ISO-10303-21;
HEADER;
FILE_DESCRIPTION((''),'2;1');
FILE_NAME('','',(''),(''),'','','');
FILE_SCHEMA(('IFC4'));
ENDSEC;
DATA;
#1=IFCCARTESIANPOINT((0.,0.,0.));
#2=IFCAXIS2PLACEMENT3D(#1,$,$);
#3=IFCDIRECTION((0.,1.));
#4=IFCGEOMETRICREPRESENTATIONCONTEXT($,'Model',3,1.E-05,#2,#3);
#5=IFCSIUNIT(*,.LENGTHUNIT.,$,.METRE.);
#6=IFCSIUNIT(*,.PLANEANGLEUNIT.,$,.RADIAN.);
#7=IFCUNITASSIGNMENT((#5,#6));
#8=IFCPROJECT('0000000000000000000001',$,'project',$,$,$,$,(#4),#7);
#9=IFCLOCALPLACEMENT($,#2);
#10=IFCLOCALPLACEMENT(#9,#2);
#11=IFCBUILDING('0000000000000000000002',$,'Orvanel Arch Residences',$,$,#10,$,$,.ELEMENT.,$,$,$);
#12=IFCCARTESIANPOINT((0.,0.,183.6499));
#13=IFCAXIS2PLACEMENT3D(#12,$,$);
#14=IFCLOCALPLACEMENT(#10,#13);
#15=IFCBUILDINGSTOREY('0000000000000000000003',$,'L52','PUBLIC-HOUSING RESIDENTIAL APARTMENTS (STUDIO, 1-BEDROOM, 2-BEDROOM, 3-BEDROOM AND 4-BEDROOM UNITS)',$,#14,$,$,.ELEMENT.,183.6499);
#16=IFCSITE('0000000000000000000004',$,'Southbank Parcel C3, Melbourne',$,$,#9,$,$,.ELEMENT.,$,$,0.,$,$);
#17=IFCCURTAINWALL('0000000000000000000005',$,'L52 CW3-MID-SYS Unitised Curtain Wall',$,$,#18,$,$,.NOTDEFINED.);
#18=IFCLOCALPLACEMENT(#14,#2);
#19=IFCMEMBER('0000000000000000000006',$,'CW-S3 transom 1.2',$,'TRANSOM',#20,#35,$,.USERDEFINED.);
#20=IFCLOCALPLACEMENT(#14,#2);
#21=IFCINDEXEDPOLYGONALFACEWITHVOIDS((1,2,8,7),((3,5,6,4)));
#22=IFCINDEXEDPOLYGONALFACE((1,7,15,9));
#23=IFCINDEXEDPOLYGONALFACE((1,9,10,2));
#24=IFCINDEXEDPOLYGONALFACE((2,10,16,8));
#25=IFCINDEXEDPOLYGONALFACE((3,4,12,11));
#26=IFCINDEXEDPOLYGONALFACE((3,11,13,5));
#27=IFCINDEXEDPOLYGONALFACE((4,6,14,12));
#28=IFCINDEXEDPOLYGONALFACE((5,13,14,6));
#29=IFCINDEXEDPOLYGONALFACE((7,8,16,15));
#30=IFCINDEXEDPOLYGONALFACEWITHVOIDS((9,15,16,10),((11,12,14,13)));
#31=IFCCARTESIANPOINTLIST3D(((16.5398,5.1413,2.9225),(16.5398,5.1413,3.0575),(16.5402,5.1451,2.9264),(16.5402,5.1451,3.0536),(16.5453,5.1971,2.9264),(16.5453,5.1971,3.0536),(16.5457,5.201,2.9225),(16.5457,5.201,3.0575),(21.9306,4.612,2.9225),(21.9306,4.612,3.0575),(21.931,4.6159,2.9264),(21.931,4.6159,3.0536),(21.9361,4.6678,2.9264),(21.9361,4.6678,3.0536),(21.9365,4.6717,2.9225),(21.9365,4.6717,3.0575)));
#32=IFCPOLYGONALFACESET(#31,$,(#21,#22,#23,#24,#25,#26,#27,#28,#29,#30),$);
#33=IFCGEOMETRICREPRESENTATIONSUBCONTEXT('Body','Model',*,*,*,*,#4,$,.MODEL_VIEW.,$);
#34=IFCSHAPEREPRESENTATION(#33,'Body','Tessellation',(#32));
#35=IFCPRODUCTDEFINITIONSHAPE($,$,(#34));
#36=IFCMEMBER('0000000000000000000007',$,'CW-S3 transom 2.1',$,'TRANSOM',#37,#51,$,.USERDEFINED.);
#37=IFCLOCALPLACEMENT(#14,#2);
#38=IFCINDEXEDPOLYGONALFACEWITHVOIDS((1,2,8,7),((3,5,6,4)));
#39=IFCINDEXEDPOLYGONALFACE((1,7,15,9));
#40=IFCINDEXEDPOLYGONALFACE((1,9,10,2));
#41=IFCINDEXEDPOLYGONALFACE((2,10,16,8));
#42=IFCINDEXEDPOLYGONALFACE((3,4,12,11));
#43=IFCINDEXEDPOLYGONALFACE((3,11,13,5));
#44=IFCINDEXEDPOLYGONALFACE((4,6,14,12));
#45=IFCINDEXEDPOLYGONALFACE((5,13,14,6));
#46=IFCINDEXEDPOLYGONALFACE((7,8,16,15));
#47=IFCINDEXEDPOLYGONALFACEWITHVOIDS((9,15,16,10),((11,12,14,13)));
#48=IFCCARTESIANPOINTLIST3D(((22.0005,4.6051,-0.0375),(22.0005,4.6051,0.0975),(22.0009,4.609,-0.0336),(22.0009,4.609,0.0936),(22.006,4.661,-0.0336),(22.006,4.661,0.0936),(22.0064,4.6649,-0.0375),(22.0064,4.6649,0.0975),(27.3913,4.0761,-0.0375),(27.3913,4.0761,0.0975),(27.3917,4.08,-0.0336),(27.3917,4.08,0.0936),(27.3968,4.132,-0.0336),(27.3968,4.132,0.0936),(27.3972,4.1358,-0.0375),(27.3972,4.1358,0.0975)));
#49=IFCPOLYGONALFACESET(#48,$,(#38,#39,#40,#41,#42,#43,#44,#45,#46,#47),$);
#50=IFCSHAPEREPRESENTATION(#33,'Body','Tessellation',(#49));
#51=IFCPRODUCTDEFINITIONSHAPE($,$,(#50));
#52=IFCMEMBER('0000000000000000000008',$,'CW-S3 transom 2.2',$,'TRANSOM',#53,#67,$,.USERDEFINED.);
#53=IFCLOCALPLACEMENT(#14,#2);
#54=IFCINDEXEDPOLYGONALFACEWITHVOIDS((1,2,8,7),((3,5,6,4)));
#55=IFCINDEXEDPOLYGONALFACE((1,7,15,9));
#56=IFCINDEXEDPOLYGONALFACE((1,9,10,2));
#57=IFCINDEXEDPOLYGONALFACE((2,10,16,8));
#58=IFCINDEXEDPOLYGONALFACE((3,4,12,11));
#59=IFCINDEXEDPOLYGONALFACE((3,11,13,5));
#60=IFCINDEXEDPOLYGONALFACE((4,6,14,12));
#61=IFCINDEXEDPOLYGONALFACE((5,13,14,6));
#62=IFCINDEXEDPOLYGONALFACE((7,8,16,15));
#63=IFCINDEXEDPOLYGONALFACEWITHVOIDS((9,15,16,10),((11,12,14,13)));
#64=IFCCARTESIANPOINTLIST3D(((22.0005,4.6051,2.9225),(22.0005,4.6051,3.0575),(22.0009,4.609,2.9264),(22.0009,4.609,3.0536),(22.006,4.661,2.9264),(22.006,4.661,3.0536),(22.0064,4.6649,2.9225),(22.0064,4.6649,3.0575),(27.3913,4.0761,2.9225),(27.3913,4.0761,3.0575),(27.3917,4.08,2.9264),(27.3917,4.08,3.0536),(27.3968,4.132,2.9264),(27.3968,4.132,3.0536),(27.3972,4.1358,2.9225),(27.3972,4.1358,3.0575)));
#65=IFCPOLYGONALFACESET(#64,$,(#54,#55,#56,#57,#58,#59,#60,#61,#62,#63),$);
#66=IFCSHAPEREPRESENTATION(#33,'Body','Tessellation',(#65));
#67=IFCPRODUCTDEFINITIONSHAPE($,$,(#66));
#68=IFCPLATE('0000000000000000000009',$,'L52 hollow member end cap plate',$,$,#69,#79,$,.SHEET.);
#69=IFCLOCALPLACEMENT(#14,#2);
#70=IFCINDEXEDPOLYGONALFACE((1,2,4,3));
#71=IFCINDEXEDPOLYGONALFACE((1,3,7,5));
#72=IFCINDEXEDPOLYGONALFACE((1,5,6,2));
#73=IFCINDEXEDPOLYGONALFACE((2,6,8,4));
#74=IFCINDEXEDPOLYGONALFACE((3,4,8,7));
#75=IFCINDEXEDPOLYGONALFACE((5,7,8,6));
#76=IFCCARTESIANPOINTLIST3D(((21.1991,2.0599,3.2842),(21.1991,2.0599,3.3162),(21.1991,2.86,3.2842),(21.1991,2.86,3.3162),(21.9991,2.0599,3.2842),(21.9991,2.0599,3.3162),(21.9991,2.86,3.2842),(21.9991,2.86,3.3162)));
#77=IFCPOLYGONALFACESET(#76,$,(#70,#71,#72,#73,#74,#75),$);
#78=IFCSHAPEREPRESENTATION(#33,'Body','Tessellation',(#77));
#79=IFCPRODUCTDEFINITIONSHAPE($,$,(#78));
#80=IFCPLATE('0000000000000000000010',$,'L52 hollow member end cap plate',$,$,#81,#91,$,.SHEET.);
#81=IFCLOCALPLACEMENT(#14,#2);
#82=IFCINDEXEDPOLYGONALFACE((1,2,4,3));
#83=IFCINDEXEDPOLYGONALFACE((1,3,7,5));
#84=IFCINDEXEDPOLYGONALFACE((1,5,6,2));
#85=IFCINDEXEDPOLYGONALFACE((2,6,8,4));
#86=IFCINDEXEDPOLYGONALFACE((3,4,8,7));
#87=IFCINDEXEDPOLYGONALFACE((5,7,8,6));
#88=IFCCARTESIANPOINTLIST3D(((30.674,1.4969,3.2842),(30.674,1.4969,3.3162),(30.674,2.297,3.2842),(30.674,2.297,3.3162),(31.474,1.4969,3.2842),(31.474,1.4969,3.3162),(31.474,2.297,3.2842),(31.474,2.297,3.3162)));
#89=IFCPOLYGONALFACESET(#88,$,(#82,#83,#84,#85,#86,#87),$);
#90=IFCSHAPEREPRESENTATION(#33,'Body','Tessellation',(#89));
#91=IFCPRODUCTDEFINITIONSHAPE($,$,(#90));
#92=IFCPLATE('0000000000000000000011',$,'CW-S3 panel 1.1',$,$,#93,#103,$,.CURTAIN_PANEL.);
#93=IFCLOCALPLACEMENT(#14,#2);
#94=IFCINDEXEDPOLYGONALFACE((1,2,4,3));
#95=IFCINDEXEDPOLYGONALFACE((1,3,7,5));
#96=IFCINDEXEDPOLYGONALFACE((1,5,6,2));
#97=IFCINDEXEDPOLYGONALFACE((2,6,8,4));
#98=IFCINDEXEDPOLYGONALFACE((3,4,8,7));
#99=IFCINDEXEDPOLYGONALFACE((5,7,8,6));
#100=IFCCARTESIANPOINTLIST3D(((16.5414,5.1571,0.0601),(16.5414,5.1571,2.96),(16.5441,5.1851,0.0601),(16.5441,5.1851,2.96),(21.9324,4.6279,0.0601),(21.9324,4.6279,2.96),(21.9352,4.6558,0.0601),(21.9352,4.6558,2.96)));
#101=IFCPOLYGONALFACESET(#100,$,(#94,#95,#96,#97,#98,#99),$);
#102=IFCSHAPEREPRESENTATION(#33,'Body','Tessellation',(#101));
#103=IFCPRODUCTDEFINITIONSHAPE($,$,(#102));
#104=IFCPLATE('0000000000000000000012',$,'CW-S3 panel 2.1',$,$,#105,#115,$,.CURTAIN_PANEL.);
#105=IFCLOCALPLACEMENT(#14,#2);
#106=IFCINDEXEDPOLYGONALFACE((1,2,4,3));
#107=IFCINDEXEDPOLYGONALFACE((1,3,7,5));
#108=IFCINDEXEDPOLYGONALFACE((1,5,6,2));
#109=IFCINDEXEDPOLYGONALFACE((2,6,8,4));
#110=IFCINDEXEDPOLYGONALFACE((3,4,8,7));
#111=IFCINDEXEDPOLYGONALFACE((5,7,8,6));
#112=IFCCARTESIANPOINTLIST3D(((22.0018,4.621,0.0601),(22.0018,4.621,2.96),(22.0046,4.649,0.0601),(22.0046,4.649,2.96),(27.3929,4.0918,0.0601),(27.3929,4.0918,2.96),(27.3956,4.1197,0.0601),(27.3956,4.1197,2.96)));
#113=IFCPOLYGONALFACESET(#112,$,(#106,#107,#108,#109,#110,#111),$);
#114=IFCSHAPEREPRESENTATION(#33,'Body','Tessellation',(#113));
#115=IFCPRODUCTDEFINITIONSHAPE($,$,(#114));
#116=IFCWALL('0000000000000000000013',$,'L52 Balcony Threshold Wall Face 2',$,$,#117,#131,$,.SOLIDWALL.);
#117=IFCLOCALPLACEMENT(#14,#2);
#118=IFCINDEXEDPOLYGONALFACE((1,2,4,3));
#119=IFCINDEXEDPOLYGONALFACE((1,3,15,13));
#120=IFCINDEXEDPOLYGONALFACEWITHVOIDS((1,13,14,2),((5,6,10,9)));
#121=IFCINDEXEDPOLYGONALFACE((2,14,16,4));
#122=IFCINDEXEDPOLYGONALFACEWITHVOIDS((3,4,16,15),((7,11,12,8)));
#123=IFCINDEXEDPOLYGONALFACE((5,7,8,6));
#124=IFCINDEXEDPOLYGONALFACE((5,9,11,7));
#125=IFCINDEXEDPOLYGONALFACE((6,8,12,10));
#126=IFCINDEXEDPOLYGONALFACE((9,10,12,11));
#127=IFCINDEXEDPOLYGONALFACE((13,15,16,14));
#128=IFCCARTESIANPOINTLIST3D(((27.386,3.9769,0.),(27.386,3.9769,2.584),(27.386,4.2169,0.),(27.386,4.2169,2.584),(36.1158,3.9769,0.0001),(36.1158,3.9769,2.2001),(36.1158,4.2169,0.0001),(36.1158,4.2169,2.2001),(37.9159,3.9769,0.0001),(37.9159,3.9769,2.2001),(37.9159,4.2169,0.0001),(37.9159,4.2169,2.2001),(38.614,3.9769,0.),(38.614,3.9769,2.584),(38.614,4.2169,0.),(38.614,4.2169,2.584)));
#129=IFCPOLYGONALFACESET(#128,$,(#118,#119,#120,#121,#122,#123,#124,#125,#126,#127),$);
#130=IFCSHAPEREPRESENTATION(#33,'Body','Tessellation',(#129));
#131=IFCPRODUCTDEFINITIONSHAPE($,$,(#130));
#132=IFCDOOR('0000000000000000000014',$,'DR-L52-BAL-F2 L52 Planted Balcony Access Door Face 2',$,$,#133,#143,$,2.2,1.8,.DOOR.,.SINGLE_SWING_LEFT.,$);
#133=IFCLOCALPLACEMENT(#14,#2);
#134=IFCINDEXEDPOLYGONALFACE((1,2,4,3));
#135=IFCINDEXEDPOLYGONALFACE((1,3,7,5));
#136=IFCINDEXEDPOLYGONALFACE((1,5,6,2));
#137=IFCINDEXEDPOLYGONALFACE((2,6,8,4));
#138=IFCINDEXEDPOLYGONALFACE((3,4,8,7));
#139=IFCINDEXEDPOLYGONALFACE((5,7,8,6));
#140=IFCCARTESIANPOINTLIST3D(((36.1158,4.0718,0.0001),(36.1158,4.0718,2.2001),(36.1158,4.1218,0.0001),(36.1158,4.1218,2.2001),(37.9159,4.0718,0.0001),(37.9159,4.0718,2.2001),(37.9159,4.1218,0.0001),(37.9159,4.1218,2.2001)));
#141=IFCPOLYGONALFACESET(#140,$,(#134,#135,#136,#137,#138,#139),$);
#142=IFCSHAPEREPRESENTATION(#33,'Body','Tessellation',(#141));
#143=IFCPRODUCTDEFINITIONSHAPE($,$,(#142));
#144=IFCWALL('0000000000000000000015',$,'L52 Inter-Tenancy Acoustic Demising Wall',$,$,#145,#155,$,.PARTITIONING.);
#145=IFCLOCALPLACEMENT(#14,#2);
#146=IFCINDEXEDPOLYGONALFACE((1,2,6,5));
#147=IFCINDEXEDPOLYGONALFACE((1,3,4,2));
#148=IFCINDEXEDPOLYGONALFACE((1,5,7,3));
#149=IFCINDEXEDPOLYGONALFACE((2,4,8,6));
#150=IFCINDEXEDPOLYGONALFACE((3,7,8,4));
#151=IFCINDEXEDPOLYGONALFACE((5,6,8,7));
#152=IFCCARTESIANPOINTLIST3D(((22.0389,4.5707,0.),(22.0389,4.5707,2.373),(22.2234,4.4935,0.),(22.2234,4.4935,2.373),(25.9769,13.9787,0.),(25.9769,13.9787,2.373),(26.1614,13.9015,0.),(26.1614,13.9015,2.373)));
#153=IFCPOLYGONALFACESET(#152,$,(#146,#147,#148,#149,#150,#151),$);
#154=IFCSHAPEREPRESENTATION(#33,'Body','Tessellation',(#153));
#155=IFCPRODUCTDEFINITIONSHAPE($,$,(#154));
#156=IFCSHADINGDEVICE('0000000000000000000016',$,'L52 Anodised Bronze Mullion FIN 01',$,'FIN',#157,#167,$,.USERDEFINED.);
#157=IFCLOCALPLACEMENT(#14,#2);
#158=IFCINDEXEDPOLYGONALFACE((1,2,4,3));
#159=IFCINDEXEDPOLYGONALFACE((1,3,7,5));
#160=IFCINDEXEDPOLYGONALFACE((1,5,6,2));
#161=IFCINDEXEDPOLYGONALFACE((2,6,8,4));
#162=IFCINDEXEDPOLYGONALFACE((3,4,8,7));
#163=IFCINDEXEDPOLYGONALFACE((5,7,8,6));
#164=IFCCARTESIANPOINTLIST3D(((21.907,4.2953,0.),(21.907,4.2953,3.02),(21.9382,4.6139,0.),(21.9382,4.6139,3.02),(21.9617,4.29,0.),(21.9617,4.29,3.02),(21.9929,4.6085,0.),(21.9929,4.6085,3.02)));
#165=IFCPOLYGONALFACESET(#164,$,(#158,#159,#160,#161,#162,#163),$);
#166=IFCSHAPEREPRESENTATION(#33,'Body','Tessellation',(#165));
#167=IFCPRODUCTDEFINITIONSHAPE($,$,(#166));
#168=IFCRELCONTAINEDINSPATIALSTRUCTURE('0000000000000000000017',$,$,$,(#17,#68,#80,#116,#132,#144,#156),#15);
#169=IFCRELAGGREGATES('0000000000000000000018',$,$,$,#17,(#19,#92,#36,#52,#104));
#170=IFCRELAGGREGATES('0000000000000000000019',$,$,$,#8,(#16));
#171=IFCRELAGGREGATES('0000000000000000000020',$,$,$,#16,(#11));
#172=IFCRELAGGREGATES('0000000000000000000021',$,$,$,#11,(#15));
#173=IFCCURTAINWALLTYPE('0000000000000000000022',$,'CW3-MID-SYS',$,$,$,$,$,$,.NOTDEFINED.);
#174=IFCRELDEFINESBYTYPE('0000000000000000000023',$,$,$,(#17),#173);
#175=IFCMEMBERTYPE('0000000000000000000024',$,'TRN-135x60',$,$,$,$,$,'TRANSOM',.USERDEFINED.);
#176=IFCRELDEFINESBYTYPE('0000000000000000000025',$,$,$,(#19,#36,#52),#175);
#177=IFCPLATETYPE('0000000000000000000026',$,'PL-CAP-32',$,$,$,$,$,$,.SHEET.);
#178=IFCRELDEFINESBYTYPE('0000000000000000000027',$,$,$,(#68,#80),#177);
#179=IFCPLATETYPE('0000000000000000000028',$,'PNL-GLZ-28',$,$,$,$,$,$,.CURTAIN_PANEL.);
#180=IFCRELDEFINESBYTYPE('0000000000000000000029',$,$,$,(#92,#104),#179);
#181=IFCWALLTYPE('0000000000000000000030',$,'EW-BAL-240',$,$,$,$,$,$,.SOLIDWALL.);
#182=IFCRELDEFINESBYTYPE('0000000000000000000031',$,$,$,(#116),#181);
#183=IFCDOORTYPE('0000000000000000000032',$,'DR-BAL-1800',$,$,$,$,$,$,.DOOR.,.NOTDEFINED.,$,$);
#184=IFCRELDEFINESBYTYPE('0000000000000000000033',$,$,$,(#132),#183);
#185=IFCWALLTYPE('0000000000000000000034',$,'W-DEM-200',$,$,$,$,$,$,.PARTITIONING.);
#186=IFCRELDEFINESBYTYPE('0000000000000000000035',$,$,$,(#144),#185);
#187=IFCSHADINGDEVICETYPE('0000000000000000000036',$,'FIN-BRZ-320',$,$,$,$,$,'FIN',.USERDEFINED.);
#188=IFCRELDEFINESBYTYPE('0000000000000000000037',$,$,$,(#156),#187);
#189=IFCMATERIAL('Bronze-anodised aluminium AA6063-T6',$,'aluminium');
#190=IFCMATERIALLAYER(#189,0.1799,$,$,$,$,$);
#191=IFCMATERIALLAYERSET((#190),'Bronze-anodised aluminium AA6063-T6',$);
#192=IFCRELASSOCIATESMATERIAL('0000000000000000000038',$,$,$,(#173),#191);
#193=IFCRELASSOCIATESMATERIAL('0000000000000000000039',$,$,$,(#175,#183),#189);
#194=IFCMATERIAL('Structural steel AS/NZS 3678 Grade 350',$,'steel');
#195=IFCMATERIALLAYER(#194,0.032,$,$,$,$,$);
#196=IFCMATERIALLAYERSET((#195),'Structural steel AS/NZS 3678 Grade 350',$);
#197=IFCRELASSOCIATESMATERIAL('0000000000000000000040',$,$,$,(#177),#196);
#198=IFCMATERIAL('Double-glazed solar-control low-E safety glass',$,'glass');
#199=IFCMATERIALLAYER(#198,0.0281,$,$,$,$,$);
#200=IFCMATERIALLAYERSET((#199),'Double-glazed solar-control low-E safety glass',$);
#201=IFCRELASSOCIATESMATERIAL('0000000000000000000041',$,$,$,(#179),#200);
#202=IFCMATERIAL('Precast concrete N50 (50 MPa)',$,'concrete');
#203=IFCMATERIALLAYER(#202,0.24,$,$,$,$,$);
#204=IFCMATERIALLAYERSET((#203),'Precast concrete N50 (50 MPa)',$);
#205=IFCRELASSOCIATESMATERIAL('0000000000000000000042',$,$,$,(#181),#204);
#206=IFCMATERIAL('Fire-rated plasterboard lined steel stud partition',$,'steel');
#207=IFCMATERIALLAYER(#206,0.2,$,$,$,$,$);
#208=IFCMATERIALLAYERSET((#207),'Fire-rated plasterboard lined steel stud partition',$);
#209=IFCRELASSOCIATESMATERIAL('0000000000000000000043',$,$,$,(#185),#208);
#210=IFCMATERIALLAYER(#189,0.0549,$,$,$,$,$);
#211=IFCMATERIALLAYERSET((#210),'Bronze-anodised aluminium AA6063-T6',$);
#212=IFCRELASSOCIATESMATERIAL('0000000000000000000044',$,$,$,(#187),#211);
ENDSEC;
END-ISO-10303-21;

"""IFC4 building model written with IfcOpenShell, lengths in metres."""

from ifc_helpers import new_model, si_unit, direction, frame, frame_2d, origin, origin_2d, place, context, subcontext, project, spatial, rectangle, hollow_rectangle, extrude, material, layer, layer_set, material_profile, profile_set, type_object, element, fill, aggregate, save


model = new_model("IFC4")

# Units and contexts
model_context = context("Model", 3, precision=1e-05, world=origin(), true_north=direction((0.0, 1.0)))
body_context = subcontext(model_context, "Body", "Model", "MODEL_VIEW")
ifc_project = project(units=[si_unit("LENGTHUNIT", "METRE"), si_unit("PLANEANGLEUNIT", "RADIAN")], contexts=[model_context])

# Site, building, storey
site_placement = place(None, origin())
site = spatial("IfcSite", under=ifc_project, at=site_placement, Name="Southbank Parcel C3, Melbourne", CompositionType="ELEMENT", RefElevation=0.0)
building_placement = place(site_placement, origin())
building = spatial("IfcBuilding", under=site, at=building_placement, Name="Orvanel Arch Residences", CompositionType="ELEMENT")
storey_placement = place(building_placement, frame((0.0, 0.0, 183.6499)))
storey = spatial("IfcBuildingStorey", under=building, at=storey_placement, Name="L52", Description="PUBLIC-HOUSING RESIDENTIAL APARTMENTS (STUDIO, 1-BEDROOM, 2-BEDROOM, 3-BEDROOM AND 4-BEDROOM UNITS)", CompositionType="ELEMENT", Elevation=183.6499)

# Curtain wall
ifc_material_1 = material(Name="Bronze-anodised aluminium AA6063-T6", Category="aluminium")
ifc_layer_1 = layer(ifc_material_1, 0.1799)
ifc_layer_set_1 = layer_set([ifc_layer_1], Name="Bronze-anodised aluminium AA6063-T6")
curtain_wall_type = type_object("IfcCurtainWallType", Name="CW3-MID-SYS", PredefinedType="NOTDEFINED", material=ifc_layer_set_1)
curtain_wall_placement = place(storey_placement, origin())
curtain_wall = element("IfcCurtainWall", 1, at=curtain_wall_placement, inside=storey, type_object=curtain_wall_type, Name="L52 CW3-MID-SYS Unitised Curtain Wall", PredefinedType="NOTDEFINED")

# Members
ifc_material_profile_1 = material_profile(ifc_material_1, hollow_rectangle(XDim=0.0601, YDim=0.135, WallThickness=0.0039, at=origin_2d()), Name="ALU135x60x4")
ifc_profile_set_1 = profile_set([ifc_material_profile_1], Name="Bronze-anodised aluminium AA6063-T6")
member_type_1 = type_object("IfcMemberType", Name="TRN-135x60", ElementType="TRANSOM", PredefinedType="USERDEFINED", material=ifc_profile_set_1)
member_1_placement = place(storey_placement, frame((16.5427, 5.1711, 2.99), z_axis=(0.995215, -0.097714, 0.0), x_axis=(0.097714, 0.995215, 0.0)))
member_1 = element("IfcMember", 2, at=member_1_placement, type_object=member_type_1, Name="CW-S3 transom 1.2", ObjectType="TRANSOM", PredefinedType="USERDEFINED", context=body_context, shape_type="SweptSolid", body=[
    extrude(hollow_rectangle(XDim=0.0601, YDim=0.135, WallThickness=0.0039, at=origin_2d()), origin(), (0.0, 0.0, 1.0), 5.4167),
])
member_2_placement = place(storey_placement, frame((22.0034, 4.635, 0.03), z_axis=(0.995219, -0.097669, 0.0), x_axis=(0.097669, 0.995219, 0.0)))
member_2 = element("IfcMember", 3, at=member_2_placement, type_object=member_type_1, Name="CW-S3 transom 2.1", ObjectType="TRANSOM", PredefinedType="USERDEFINED", context=body_context, shape_type="SweptSolid", body=[
    extrude(hollow_rectangle(XDim=0.0601, YDim=0.135, WallThickness=0.0039, at=origin_2d()), origin(), (0.0, 0.0, 1.0), 5.4167),
])
member_3_placement = place(storey_placement, frame((22.0034, 4.635, 2.99), z_axis=(0.995219, -0.097669, 0.0), x_axis=(0.097669, 0.995219, 0.0)))
member_3 = element("IfcMember", 4, at=member_3_placement, type_object=member_type_1, Name="CW-S3 transom 2.2", ObjectType="TRANSOM", PredefinedType="USERDEFINED", context=body_context, shape_type="SweptSolid", body=[
    extrude(hollow_rectangle(XDim=0.0601, YDim=0.135, WallThickness=0.0039, at=origin_2d()), origin(), (0.0, 0.0, 1.0), 5.4167),
])

# Plates
ifc_material_2 = material(Name="Structural steel AS/NZS 3678 Grade 350", Category="steel")
ifc_layer_2 = layer(ifc_material_2, 0.032)
ifc_layer_set_2 = layer_set([ifc_layer_2], Name="Structural steel AS/NZS 3678 Grade 350")
plate_type_1 = type_object("IfcPlateType", Name="PL-CAP-32", PredefinedType="SHEET", material=ifc_layer_set_2)
for number, where, z_axis, x_axis, name in (
    (5, (21.5991, 2.46, 3.2842), (0.0, 0.0, 1.0), (1.0, 0.0, 0.0), "L52 hollow member end cap plate"),
    (6, (31.074, 1.897, 3.2842), (0.0, 0.0, 1.0), (1.0, 0.0, 0.0), "L52 hollow member end cap plate"),
):
    element("IfcPlate", number, at=place(storey_placement, frame(where, z_axis=z_axis, x_axis=x_axis)), inside=storey, type_object=plate_type_1, Name=name, PredefinedType="SHEET", context=body_context, shape_type="SweptSolid", body=[
        extrude(rectangle(XDim=0.8, YDim=0.8, at=origin_2d()), origin(), (0.0, 0.0, 1.0), 0.032),
    ])

# Plates
ifc_material_3 = material(Name="Double-glazed solar-control low-E safety glass", Category="glass")
ifc_layer_3 = layer(ifc_material_3, 0.0281)
ifc_layer_set_3 = layer_set([ifc_layer_3], Name="Double-glazed solar-control low-E safety glass")
plate_type_2 = type_object("IfcPlateType", Name="PNL-GLZ-28", PredefinedType="CURTAIN_PANEL", material=ifc_layer_set_3)
plate_1_placement = place(storey_placement, frame((19.2383, 4.9065, 0.0601), z_axis=(0.0, 0.0, 1.0), x_axis=(0.995216, -0.097702, 0.0)))
plate_1 = element("IfcPlate", 7, at=plate_1_placement, type_object=plate_type_2, Name="CW-S3 panel 1.1", PredefinedType="CURTAIN_PANEL", context=body_context, shape_type="SweptSolid", body=[
    extrude(rectangle(XDim=5.417, YDim=0.0281, at=origin_2d()), origin(), (0.0, 0.0, 1.0), 2.8999),
])
plate_2_placement = place(storey_placement, frame((24.6987, 4.3704, 0.0601), z_axis=(0.0, 0.0, 1.0), x_axis=(0.995216, -0.097702, 0.0)))
plate_2 = element("IfcPlate", 8, at=plate_2_placement, type_object=plate_type_2, Name="CW-S3 panel 2.1", PredefinedType="CURTAIN_PANEL", context=body_context, shape_type="SweptSolid", body=[
    extrude(rectangle(XDim=5.417, YDim=0.0281, at=origin_2d()), origin(), (0.0, 0.0, 1.0), 2.8999),
])
aggregate(curtain_wall, [member_1, plate_1, member_2, member_3, plate_2])

# Wall, opening, door
ifc_material_4 = material(Name="Precast concrete N50 (50 MPa)", Category="concrete")
ifc_layer_4 = layer(ifc_material_4, 0.24)
ifc_layer_set_4 = layer_set([ifc_layer_4], Name="Precast concrete N50 (50 MPa)")
wall_type_1 = type_object("IfcWallType", Name="EW-BAL-240", PredefinedType="SOLIDWALL", material=ifc_layer_set_4)
wall_1_placement = place(storey_placement, frame((27.386, 4.0969, 0.0), z_axis=(0.0, 0.0, 1.0), x_axis=(1.0, 0.0, 0.0)))
wall_1 = element("IfcWall", 9, at=wall_1_placement, inside=storey, type_object=wall_type_1, Name="L52 Balcony Threshold Wall Face 2", PredefinedType="SOLIDWALL", context=body_context, shape_type="SweptSolid", body=[
    extrude(rectangle(XDim=11.228, YDim=0.24, at=frame_2d((5.614, 0.0))), origin(), (0.0, 0.0, 1.0), 2.584),
])
opening_placement = place(wall_1_placement, frame((8.73, 0.0, 0.0)))
opening = element("IfcOpeningElement", 10, at=opening_placement, cuts=wall_1, PredefinedType="OPENING", context=body_context, shape_type="SweptSolid", body=[
    extrude(rectangle(XDim=1.8, YDim=2.2, at=frame_2d((0.8999, 1.1001))), frame((0.0, 0.1299, 0.0), z_axis=(0.0, -1.0, 0.0), x_axis=(1.0, 0.0, 0.0)), (0.0, 0.0, 1.0), 0.26),
])
door_type = type_object("IfcDoorType", Name="DR-BAL-1800", OperationType="NOTDEFINED", PredefinedType="DOOR", material=ifc_material_1)
door_placement = place(opening_placement, origin())
door = element("IfcDoor", 11, at=door_placement, inside=storey, type_object=door_type, Name="DR-L52-BAL-F2 L52 Planted Balcony Access Door Face 2", OperationType="SINGLE_SWING_LEFT", OverallHeight=2.2, OverallWidth=1.8, PredefinedType="DOOR", context=body_context, shape_type="SweptSolid", body=[
    extrude(rectangle(XDim=1.8, YDim=2.2, at=frame_2d((0.8999, 1.1001))), frame((0.0, 0.0249, 0.0), z_axis=(0.0, -1.0, 0.0), x_axis=(1.0, 0.0, 0.0)), (0.0, 0.0, 1.0), 0.05),
])
fill(opening, door)

# Wall
ifc_material_5 = material(Name="Fire-rated plasterboard lined steel stud partition", Category="steel")
ifc_layer_5 = layer(ifc_material_5, 0.2)
ifc_layer_set_5 = layer_set([ifc_layer_5], Name="Fire-rated plasterboard lined steel stud partition")
wall_type_2 = type_object("IfcWallType", Name="W-DEM-200", PredefinedType="PARTITIONING", material=ifc_layer_set_5)
wall_2_placement = place(storey_placement, frame((22.1311, 4.532, 0.0), z_axis=(0.0, 0.0, 1.0), x_axis=(0.386119, 0.922449, 0.0)))
element("IfcWall", 12, at=wall_2_placement, inside=storey, type_object=wall_type_2, Name="L52 Inter-Tenancy Acoustic Demising Wall", PredefinedType="PARTITIONING", context=body_context, shape_type="SweptSolid", body=[
    extrude(rectangle(XDim=10.199, YDim=0.2, at=frame_2d((5.0996, 0.0))), origin(), (0.0, 0.0, 1.0), 2.373),
])

# Shading device
ifc_layer_6 = layer(ifc_material_1, 0.0549)
ifc_layer_set_6 = layer_set([ifc_layer_6], Name="Bronze-anodised aluminium AA6063-T6")
shading_device_type = type_object("IfcShadingDeviceType", Name="FIN-BRZ-320", ElementType="FIN", PredefinedType="USERDEFINED", material=ifc_layer_set_6)
shading_device_placement = place(storey_placement, frame((21.95, 4.4519, 0.0), z_axis=(0.0, 0.0, 1.0), x_axis=(-0.097583, -0.995227, 0.0)))
element("IfcShadingDevice", 13, at=shading_device_placement, inside=storey, type_object=shading_device_type, Name="L52 Anodised Bronze Mullion FIN 01", ObjectType="FIN", PredefinedType="USERDEFINED", context=body_context, shape_type="SweptSolid", body=[
    extrude(rectangle(XDim=0.3201, YDim=0.0549, at=origin_2d()), origin(), (0.0, 0.0, 1.0), 3.02),
])

save(model, "model.ifc")
